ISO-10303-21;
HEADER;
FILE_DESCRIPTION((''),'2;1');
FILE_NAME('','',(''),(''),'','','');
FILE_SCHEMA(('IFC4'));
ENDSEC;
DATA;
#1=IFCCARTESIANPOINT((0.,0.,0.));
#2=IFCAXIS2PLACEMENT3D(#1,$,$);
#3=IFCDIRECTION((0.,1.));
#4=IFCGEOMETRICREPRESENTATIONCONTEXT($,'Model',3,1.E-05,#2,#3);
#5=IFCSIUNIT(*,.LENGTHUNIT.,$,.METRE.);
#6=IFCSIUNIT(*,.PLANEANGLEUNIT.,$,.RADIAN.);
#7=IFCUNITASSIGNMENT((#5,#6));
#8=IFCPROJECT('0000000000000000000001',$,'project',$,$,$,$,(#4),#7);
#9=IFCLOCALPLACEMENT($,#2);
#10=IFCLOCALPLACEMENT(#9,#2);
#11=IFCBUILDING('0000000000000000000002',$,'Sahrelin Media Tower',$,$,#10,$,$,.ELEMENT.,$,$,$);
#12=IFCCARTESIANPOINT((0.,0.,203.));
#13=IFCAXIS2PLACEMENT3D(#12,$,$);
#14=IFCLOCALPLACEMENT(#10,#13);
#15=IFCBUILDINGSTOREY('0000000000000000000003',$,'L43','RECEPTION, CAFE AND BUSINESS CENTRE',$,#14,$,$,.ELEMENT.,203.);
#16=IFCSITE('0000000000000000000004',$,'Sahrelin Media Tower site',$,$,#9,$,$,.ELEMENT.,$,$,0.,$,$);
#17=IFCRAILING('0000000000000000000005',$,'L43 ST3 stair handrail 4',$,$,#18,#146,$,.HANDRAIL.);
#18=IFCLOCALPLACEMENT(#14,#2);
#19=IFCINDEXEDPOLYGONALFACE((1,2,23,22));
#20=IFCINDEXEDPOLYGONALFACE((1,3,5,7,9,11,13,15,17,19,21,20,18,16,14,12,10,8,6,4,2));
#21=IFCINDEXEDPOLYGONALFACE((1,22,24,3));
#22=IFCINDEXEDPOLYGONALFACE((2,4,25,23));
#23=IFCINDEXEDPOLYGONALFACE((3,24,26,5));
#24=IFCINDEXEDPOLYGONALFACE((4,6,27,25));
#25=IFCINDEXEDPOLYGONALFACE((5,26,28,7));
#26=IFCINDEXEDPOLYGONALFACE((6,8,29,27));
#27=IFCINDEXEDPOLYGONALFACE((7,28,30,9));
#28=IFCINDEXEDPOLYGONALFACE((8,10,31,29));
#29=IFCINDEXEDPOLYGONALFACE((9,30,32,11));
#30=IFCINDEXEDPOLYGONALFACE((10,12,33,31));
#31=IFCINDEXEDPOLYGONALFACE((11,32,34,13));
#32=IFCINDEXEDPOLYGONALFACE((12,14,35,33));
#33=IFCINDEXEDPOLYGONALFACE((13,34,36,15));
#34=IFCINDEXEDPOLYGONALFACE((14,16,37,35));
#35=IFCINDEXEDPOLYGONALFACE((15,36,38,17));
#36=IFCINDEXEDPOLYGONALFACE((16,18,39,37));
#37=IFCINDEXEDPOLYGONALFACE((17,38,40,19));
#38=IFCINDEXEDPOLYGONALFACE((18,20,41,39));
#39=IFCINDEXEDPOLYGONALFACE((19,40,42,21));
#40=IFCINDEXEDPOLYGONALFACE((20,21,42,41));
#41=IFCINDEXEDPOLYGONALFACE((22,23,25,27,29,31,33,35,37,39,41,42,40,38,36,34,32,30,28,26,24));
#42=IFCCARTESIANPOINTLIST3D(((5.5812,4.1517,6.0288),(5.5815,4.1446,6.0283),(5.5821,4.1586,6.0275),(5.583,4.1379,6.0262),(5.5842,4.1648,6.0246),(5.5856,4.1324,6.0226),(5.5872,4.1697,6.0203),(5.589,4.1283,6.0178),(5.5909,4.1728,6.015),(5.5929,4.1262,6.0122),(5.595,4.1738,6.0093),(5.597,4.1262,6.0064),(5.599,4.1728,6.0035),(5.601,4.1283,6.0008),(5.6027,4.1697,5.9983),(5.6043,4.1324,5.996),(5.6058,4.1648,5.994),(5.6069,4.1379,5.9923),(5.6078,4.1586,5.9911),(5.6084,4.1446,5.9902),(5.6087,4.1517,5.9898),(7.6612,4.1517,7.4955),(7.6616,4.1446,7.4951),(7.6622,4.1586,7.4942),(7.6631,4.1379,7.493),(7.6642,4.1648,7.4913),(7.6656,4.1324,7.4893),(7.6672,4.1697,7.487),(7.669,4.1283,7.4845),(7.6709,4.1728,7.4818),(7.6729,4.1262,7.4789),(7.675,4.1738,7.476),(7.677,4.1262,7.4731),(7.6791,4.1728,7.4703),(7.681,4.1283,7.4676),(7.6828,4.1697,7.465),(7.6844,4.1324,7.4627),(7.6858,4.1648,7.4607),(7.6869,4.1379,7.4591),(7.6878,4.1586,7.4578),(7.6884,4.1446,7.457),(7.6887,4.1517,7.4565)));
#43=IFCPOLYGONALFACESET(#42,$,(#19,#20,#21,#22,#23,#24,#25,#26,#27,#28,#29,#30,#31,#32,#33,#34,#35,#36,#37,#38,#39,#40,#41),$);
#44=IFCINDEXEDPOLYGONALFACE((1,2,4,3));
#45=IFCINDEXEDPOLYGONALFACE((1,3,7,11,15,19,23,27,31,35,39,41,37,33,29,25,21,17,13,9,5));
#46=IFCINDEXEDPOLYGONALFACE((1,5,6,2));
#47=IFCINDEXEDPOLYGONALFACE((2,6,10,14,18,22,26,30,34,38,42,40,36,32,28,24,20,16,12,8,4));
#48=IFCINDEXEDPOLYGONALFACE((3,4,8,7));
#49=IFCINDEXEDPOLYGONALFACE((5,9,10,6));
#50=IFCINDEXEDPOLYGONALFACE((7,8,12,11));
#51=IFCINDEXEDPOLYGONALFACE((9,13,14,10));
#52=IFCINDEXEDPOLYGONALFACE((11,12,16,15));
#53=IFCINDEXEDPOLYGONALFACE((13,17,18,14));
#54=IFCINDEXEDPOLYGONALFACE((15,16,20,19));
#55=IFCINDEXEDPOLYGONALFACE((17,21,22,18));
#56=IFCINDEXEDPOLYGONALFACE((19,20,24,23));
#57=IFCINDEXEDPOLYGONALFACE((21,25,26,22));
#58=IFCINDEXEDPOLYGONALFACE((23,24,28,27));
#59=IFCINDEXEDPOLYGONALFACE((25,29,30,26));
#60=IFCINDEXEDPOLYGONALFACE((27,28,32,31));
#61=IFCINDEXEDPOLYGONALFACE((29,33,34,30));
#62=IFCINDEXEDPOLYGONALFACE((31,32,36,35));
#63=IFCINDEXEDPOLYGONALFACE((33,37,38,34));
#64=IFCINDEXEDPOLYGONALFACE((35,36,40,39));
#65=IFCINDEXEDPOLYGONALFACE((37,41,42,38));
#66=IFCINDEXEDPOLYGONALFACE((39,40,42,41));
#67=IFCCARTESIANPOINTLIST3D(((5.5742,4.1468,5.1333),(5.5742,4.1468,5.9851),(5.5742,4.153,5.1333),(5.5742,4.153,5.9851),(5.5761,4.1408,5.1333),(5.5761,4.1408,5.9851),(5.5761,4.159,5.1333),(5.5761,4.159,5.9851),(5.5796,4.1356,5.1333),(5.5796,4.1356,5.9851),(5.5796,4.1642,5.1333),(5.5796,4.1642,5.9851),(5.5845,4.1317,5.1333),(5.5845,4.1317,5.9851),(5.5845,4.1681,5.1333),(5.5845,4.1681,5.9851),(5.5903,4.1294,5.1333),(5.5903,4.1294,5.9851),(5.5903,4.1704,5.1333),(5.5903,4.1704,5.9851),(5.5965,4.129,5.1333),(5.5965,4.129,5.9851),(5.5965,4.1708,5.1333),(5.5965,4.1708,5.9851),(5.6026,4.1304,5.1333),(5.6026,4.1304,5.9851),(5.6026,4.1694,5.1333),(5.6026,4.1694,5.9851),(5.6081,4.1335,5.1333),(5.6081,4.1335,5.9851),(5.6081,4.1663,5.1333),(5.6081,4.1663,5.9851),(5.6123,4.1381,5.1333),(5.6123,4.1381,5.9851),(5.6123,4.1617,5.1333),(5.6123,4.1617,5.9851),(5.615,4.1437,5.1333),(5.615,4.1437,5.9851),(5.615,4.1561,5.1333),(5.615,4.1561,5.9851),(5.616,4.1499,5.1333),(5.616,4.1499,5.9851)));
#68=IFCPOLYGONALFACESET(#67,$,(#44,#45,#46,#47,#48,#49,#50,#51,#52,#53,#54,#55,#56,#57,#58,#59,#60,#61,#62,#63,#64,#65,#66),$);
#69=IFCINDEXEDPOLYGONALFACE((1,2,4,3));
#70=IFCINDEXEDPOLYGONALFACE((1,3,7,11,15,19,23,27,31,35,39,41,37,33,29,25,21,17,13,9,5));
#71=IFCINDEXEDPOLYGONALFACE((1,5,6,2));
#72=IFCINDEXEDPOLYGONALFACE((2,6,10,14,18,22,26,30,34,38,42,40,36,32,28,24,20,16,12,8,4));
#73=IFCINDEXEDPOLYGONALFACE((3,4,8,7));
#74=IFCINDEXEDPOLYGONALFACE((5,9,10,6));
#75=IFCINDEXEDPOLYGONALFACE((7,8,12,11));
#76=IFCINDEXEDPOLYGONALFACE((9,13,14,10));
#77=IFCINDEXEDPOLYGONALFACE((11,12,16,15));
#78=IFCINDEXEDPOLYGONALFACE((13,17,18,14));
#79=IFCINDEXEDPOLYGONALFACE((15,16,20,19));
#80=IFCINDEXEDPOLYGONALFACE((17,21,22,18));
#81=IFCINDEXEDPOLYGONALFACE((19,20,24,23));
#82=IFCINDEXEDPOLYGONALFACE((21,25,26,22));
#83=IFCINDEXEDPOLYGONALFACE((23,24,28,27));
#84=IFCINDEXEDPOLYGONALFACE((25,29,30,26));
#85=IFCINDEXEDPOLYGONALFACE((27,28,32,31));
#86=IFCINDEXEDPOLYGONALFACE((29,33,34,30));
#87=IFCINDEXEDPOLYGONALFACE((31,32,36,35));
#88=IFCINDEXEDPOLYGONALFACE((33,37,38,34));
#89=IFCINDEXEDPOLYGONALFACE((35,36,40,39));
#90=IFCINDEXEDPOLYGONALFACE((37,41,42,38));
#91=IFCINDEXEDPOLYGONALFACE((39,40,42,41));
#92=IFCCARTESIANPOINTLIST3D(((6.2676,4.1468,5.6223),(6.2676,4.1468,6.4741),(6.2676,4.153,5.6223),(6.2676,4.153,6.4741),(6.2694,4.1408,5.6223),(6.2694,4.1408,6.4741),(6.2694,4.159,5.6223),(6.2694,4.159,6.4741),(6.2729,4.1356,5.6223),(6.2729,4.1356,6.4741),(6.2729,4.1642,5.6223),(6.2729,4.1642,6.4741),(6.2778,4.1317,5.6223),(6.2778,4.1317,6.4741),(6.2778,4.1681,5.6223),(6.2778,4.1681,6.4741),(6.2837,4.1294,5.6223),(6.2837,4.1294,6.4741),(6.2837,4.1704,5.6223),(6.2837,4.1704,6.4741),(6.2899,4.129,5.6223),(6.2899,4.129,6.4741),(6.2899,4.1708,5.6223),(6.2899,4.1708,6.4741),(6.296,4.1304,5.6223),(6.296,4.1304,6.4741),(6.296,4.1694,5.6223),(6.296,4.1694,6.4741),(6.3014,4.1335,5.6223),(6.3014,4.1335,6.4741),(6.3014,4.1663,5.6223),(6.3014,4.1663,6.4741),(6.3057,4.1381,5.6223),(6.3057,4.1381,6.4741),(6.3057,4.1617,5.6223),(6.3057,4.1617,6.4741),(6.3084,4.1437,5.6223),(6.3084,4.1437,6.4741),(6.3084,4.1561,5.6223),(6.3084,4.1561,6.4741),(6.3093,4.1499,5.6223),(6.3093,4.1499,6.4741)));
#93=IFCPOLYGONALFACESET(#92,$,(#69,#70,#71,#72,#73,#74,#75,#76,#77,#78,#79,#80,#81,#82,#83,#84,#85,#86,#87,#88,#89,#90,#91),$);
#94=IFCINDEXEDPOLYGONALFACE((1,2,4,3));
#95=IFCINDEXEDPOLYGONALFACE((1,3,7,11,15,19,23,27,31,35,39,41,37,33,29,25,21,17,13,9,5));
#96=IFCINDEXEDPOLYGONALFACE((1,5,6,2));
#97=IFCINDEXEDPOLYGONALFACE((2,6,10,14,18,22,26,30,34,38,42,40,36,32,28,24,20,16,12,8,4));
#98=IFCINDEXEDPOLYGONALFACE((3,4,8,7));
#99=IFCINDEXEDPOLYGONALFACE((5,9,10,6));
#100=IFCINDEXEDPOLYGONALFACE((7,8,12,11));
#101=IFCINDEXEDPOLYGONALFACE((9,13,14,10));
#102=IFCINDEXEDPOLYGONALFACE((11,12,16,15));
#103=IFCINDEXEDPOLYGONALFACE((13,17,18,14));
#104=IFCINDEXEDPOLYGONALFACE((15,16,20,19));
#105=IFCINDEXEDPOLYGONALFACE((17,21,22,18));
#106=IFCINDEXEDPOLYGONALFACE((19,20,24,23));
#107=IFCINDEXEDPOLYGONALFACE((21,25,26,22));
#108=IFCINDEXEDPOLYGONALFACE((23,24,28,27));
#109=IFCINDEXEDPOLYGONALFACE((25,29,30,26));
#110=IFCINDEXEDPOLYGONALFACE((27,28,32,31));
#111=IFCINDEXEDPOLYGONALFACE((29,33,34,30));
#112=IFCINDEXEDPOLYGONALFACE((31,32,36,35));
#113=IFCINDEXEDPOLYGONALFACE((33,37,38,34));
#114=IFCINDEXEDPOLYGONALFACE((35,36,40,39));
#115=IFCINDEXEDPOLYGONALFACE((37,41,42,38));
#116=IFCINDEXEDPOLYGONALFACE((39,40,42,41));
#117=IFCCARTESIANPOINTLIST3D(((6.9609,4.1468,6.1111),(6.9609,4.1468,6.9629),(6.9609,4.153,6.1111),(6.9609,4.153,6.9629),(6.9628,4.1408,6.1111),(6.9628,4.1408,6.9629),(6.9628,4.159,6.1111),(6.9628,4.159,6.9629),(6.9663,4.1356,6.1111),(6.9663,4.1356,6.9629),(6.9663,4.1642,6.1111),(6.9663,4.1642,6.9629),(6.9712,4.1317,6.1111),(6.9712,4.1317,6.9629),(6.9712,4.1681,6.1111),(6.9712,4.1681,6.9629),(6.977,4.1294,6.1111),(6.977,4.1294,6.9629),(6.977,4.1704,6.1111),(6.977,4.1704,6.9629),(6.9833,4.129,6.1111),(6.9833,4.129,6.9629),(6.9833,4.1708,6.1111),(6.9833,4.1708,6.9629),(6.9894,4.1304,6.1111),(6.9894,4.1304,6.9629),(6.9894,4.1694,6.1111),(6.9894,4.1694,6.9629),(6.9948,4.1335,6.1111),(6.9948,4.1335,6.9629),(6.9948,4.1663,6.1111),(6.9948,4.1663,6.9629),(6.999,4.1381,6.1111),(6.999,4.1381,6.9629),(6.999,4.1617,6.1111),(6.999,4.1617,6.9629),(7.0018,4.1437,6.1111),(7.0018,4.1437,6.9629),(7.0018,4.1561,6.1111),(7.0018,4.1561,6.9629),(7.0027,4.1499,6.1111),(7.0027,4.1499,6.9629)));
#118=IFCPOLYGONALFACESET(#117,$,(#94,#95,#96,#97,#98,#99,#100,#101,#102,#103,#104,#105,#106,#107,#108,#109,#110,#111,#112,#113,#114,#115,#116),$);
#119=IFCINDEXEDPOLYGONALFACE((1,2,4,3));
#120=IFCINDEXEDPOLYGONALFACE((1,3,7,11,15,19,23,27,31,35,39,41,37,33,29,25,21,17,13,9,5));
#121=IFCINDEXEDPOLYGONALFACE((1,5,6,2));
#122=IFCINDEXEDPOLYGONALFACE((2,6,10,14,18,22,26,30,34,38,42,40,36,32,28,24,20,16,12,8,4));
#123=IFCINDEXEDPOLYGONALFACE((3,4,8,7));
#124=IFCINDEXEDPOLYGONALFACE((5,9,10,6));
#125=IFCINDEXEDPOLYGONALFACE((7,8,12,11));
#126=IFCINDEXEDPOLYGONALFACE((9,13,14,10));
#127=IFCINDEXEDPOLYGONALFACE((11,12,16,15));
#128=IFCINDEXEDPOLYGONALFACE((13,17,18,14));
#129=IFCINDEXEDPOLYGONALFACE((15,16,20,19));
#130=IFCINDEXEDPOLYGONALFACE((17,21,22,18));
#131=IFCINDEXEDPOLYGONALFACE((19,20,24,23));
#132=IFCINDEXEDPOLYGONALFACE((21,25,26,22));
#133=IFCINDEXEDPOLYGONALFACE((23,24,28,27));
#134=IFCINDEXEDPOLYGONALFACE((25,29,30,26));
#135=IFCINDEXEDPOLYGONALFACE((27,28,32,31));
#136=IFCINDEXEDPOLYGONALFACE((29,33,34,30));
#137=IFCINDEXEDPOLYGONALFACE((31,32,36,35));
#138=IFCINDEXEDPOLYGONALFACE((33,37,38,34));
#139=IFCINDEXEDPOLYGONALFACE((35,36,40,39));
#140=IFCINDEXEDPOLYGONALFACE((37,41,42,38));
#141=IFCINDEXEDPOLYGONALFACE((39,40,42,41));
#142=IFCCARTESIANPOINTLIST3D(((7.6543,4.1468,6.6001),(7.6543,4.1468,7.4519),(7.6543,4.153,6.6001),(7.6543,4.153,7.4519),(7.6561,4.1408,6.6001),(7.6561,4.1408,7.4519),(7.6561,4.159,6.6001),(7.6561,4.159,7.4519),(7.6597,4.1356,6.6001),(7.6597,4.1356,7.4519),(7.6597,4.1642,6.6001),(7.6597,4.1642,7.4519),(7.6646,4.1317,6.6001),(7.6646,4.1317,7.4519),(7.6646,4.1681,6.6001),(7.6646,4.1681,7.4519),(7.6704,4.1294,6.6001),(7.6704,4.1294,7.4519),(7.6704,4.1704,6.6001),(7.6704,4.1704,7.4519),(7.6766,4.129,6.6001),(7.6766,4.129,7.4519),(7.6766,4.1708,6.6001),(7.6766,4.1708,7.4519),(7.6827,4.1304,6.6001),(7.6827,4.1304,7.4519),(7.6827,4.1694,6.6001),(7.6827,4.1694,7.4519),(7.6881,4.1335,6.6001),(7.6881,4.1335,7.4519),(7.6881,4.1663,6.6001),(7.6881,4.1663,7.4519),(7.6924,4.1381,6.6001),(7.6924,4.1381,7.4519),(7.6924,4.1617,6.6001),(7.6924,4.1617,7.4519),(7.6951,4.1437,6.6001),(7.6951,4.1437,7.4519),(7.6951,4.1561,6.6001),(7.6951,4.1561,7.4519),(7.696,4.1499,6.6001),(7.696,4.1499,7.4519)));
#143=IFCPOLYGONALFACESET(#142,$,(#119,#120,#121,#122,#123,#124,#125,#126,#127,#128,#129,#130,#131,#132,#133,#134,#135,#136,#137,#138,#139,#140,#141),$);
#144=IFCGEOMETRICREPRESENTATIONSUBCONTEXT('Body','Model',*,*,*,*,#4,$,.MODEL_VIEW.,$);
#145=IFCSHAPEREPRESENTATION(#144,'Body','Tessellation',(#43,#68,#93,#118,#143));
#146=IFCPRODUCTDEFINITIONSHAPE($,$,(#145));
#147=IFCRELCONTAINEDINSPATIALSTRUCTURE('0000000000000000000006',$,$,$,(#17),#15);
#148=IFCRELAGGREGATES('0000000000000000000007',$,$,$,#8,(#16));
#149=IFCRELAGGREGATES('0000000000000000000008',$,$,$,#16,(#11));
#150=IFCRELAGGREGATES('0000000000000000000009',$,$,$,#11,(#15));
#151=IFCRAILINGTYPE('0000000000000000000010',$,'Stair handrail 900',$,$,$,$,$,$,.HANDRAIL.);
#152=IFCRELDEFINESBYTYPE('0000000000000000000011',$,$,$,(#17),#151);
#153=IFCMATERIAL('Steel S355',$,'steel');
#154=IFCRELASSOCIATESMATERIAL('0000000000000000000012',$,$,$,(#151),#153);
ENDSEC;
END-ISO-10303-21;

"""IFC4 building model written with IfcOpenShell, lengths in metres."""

from ifc_helpers import new_model, si_unit, direction, frame, origin, origin_2d, place, context, subcontext, project, spatial, circle, extrude, material, type_object, element, save


model = new_model("IFC4")

# Units and contexts
model_context = context("Model", 3, precision=1e-05, world=origin(), true_north=direction((0.0, 1.0)))
body_context = subcontext(model_context, "Body", "Model", "MODEL_VIEW")
ifc_project = project(units=[si_unit("LENGTHUNIT", "METRE"), si_unit("PLANEANGLEUNIT", "RADIAN")], contexts=[model_context])

# Site, building, storey
site_placement = place(None, origin())
site = spatial("IfcSite", under=ifc_project, at=site_placement, Name="Sahrelin Media Tower site", CompositionType="ELEMENT", RefElevation=0.0)
building_placement = place(site_placement, origin())
building = spatial("IfcBuilding", under=site, at=building_placement, Name="Sahrelin Media Tower", CompositionType="ELEMENT")
storey_placement = place(building_placement, frame((0.0, 0.0, 203.0)))
storey = spatial("IfcBuildingStorey", under=building, at=storey_placement, Name="L43", Description="RECEPTION, CAFE AND BUSINESS CENTRE", CompositionType="ELEMENT", Elevation=203.0)

# Railing
ifc_material_1 = material(Name="Steel S355", Category="steel")
railing_type_1 = type_object("IfcRailingType", Name="Stair handrail 900", PredefinedType="HANDRAIL", material=ifc_material_1)
for number, where, name in (
    (1, (5.595, 4.1499, 5.1333), "L43 ST3 stair handrail 4"),
):
    element("IfcRailing", number, at=place(storey_placement, frame(where)), inside=storey, type_object=railing_type_1, Name=name, PredefinedType="HANDRAIL", context=body_context, shape_type="SweptSolid", body=[
        extrude(circle(Radius=0.0239, at=origin_2d()), frame((0.0, 0.0, 0.876), z_axis=(0.817244, 0.0, 0.576291), x_axis=(0.0, 1.0, 0.0)), (0.0, 0.0, 1.0), 2.5452),
        extrude(circle(Radius=0.021, at=origin_2d()), origin(), (0.0, 0.0, 1.0), 0.8518),
        extrude(circle(Radius=0.021, at=origin_2d()), frame((0.6934, 0.0, 0.489)), (0.0, 0.0, 1.0), 0.8518),
        extrude(circle(Radius=0.021, at=origin_2d()), frame((1.3867, 0.0, 0.9778)), (0.0, 0.0, 1.0), 0.8518),
        extrude(circle(Radius=0.021, at=origin_2d()), frame((2.0801, 0.0, 1.4668)), (0.0, 0.0, 1.0), 0.8518),
    ])

save(model, "model.ifc")
